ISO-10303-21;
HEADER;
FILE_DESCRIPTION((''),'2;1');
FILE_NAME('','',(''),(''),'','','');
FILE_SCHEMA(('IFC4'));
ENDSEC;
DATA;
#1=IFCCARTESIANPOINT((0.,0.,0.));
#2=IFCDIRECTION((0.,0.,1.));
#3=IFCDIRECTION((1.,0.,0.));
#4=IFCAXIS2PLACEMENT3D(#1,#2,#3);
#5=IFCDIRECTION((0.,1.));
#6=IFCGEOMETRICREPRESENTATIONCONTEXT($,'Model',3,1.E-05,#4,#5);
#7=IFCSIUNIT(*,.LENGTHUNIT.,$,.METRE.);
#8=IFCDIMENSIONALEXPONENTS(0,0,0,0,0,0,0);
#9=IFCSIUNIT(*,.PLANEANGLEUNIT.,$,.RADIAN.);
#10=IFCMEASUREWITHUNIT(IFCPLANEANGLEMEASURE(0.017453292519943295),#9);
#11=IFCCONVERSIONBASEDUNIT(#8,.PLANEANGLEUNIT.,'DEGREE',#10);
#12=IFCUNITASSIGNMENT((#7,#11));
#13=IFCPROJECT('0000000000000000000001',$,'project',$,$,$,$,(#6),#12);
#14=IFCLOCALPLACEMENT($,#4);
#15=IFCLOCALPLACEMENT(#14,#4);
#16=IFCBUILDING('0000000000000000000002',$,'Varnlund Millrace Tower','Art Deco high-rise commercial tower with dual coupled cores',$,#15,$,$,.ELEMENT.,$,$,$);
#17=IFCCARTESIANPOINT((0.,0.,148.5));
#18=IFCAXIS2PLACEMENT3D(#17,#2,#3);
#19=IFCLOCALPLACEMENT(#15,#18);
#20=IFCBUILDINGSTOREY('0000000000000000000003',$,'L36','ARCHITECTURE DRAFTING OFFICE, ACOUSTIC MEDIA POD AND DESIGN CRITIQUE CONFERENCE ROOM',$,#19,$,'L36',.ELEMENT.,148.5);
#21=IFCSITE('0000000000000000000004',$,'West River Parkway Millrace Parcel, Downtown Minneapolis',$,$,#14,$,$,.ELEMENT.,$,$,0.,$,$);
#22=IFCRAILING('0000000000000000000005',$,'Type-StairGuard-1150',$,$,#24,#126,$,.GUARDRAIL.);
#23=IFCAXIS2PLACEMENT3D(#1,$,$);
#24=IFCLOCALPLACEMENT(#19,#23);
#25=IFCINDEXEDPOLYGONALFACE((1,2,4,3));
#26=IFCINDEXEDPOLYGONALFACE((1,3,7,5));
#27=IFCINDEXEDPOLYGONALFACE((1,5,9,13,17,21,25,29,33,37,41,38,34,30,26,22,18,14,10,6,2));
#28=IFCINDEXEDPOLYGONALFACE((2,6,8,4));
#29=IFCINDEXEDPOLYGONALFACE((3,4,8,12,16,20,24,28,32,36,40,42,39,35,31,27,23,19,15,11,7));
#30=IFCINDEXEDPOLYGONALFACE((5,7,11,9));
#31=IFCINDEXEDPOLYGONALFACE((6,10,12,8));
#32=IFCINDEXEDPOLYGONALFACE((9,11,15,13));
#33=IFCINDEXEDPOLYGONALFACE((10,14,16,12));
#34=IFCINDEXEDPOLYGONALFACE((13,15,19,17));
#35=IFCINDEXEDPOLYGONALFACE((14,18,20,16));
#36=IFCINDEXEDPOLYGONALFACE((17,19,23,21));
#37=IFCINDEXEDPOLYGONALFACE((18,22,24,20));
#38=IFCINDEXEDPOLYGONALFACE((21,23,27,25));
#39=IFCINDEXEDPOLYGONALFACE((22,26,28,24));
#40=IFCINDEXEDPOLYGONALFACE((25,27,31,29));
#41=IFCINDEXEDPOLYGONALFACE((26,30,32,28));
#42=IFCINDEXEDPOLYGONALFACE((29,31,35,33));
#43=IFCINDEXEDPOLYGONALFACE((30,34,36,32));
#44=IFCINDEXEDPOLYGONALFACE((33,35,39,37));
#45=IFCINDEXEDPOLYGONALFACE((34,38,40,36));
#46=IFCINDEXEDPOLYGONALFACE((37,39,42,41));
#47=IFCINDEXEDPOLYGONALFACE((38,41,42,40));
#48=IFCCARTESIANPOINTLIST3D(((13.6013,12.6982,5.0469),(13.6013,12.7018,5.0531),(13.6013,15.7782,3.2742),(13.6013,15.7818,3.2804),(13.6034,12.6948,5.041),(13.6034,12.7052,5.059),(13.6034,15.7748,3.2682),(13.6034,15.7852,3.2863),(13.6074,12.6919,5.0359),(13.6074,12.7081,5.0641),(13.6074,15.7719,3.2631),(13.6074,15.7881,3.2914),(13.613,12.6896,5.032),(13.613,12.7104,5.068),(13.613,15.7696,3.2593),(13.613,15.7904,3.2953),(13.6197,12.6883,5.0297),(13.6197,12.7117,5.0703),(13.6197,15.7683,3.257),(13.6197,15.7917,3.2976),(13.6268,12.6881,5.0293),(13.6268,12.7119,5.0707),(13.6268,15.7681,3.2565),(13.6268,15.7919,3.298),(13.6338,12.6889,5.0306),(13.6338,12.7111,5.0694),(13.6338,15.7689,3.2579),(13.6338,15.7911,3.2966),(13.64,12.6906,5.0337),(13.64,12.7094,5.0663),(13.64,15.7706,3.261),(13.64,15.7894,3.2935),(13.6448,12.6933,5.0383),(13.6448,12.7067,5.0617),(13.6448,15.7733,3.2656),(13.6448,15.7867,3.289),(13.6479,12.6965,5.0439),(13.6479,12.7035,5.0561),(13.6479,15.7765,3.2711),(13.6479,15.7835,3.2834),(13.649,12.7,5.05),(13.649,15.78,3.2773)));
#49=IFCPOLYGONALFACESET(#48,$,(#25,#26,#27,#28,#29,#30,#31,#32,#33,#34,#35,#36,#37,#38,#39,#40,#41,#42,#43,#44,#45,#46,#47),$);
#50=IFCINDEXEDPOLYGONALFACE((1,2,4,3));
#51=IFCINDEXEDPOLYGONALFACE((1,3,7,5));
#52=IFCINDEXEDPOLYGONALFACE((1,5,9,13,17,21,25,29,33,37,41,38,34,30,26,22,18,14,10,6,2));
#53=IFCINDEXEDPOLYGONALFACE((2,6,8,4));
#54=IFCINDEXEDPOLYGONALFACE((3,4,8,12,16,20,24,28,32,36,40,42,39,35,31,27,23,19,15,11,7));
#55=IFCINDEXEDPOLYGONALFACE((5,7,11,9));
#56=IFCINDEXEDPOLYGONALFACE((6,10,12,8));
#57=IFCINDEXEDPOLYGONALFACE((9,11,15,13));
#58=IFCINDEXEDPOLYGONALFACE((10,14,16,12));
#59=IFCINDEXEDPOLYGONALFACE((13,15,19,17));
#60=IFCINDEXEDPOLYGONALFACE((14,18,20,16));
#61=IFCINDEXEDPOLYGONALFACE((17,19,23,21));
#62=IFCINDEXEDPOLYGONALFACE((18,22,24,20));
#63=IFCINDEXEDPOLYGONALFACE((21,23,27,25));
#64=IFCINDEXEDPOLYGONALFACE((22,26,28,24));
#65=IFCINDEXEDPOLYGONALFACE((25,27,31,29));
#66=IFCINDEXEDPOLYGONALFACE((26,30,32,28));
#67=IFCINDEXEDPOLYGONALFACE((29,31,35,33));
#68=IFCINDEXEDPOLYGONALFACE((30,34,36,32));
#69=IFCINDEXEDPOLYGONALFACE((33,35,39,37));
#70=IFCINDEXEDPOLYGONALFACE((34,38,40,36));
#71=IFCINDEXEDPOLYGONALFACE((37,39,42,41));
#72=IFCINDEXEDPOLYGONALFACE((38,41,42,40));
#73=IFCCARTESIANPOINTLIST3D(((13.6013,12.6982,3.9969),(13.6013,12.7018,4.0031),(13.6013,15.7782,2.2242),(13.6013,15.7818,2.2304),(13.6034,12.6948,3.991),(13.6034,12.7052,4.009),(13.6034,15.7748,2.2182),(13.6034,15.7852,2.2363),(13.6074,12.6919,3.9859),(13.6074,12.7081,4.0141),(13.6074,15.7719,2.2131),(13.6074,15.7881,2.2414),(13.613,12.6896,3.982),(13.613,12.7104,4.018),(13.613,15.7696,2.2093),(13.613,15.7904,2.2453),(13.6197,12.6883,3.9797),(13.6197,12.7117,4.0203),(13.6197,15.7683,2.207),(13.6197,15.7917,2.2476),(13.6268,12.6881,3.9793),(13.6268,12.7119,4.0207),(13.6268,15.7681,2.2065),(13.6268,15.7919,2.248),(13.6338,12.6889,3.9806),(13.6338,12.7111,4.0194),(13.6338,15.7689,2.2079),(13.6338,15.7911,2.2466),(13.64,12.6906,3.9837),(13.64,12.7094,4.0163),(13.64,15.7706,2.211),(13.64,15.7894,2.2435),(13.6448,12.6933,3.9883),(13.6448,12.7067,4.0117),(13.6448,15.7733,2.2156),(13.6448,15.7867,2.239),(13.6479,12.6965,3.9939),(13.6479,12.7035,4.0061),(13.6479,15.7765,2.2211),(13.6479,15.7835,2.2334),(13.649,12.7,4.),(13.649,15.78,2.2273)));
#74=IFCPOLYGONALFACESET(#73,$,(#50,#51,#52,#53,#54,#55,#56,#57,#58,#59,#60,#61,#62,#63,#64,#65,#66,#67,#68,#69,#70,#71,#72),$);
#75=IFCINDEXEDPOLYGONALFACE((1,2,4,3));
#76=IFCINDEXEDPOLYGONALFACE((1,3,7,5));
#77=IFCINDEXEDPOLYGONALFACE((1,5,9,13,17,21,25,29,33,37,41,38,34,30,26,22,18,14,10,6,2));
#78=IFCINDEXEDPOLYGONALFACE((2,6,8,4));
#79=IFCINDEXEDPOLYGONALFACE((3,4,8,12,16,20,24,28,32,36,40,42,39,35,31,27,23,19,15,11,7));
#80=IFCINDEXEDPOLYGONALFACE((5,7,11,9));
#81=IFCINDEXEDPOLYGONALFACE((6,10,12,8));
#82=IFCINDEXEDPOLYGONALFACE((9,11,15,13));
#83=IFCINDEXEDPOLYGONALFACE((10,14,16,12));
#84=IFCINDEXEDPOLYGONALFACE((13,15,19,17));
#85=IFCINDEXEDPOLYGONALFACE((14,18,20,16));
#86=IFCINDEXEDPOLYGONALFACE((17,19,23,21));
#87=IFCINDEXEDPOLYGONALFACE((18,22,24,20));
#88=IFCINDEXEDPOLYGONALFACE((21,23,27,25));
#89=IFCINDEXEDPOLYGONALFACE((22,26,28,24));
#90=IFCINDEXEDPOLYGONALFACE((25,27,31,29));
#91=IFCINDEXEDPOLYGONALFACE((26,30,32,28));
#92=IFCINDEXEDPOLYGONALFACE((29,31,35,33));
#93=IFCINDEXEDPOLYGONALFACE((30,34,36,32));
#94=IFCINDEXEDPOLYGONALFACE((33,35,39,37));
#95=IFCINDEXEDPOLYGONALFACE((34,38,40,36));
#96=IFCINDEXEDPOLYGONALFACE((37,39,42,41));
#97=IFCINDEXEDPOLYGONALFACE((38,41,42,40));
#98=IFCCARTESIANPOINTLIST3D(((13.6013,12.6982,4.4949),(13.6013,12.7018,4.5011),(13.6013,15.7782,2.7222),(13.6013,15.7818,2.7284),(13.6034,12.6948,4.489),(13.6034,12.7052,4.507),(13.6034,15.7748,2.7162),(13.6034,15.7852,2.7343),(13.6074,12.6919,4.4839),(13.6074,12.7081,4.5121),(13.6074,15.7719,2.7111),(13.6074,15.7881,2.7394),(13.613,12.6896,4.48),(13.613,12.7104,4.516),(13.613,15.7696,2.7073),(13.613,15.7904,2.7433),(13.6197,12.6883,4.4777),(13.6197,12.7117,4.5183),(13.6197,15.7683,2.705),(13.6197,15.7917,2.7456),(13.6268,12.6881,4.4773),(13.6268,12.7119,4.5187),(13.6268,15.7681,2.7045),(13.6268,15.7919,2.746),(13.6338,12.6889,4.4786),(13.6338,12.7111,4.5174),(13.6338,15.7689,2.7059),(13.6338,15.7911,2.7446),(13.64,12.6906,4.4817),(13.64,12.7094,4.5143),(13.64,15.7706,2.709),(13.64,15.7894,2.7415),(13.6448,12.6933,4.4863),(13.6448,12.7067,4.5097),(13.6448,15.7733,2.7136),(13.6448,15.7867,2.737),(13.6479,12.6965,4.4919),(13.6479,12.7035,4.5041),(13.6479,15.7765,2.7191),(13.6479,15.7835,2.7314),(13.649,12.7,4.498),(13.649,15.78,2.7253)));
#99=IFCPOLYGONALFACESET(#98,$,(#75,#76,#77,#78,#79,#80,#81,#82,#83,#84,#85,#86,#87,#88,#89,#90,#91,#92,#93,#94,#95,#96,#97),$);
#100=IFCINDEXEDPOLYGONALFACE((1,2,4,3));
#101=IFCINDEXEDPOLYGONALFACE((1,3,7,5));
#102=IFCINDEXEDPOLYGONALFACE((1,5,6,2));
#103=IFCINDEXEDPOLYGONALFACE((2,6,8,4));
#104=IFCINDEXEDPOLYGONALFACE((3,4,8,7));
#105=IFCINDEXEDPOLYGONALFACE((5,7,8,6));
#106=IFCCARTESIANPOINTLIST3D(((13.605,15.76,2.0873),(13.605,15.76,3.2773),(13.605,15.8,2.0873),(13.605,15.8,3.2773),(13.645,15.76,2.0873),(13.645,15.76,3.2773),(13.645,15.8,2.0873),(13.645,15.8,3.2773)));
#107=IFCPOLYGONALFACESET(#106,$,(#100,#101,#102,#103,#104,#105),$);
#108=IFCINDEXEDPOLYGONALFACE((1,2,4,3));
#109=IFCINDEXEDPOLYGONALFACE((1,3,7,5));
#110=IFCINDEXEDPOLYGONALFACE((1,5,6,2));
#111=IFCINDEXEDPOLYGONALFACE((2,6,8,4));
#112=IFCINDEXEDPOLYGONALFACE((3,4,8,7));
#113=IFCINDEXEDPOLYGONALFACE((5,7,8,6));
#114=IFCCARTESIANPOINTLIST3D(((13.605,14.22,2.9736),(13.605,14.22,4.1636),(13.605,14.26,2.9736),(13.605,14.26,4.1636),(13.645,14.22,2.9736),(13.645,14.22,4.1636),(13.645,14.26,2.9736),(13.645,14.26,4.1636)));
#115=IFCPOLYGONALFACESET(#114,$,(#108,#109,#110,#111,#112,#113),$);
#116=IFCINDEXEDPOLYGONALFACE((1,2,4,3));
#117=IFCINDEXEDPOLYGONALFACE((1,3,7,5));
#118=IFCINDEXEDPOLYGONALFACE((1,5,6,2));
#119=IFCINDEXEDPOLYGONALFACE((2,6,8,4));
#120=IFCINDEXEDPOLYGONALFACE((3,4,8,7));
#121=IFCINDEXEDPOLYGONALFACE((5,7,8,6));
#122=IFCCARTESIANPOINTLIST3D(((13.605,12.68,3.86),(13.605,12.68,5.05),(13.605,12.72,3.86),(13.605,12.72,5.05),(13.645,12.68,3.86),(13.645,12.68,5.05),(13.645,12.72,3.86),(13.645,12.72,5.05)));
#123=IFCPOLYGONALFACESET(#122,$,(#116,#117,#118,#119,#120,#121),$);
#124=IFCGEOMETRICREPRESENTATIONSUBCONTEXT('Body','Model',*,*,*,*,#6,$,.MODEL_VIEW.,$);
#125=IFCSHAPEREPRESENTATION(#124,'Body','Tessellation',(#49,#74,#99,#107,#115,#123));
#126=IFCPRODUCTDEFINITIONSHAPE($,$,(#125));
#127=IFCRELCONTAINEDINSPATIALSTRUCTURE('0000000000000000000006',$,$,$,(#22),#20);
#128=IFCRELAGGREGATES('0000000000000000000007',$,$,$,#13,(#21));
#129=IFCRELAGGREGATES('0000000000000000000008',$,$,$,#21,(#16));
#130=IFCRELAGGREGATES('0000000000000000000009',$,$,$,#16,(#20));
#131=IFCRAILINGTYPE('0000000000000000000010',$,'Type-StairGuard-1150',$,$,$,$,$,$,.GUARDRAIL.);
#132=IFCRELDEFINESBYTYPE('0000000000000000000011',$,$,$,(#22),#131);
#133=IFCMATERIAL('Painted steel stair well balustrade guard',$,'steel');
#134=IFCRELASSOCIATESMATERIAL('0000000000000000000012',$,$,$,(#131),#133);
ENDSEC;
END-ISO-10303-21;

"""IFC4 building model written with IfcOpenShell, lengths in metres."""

from ifc_helpers import new_model, entity, si_unit, converted_unit, direction, frame, origin_with_axes, origin_2d_with_axis, place, context, subcontext, project, spatial, rectangle, circle, extrude, material, type_object, element, save


model = new_model("IFC4")

# Units and contexts
model_context = context("Model", 3, precision=1e-05, world=origin_with_axes(), true_north=direction((0.0, 1.0)))
body_context = subcontext(model_context, "Body", "Model", "MODEL_VIEW")
ifc_project = project(units=[si_unit("LENGTHUNIT", "METRE"), converted_unit("PLANEANGLEUNIT", "DEGREE", entity("IfcPlaneAngleMeasure", 0.017453292519943295), si_unit("PLANEANGLEUNIT", "RADIAN"), dimensions=[0, 0, 0, 0, 0, 0, 0])], contexts=[model_context])

# Site, building, storey
site_placement = place(None, origin_with_axes())
site = spatial("IfcSite", under=ifc_project, at=site_placement, Name="West River Parkway Millrace Parcel, Downtown Minneapolis", CompositionType="ELEMENT", RefElevation=0.0)
building_placement = place(site_placement, origin_with_axes())
building = spatial("IfcBuilding", under=site, at=building_placement, Name="Varnlund Millrace Tower", Description="Art Deco high-rise commercial tower with dual coupled cores", CompositionType="ELEMENT")
storey_placement = place(building_placement, frame((0.0, 0.0, 148.5), z_axis=(0.0, 0.0, 1.0), x_axis=(1.0, 0.0, 0.0)))
storey = spatial("IfcBuildingStorey", under=building, at=storey_placement, Name="L36", Description="ARCHITECTURE DRAFTING OFFICE, ACOUSTIC MEDIA POD AND DESIGN CRITIQUE CONFERENCE ROOM", LongName="L36", CompositionType="ELEMENT", Elevation=148.5)

# Railing
ifc_material_1 = material(Name="Painted steel stair well balustrade guard", Category="steel")
railing_type_1 = type_object("IfcRailingType", Name="Type-StairGuard-1150", PredefinedType="GUARDRAIL", material=ifc_material_1)
railing_1_placement = place(storey_placement, frame((0.0, 0.0, -148.5), z_axis=(0.0, 0.0, 1.0), x_axis=(1.0, 0.0, 0.0)))
element("IfcRailing", 1, at=railing_1_placement, inside=storey, type_object=railing_type_1, Name="Type-StairGuard-1150", PredefinedType="GUARDRAIL", context=body_context, shape_type="SweptSolid", body=[
    extrude(circle(Radius=0.024, at=origin_2d_with_axis()), frame((13.625, 15.78, 151.7773), z_axis=(0.0, -0.866696, 0.498836), x_axis=(1.0, 0.0, 0.0)), (0.0, 0.0, 1.0), 3.5537),
    extrude(circle(Radius=0.024, at=origin_2d_with_axis()), frame((13.625, 15.78, 150.7273), z_axis=(0.0, -0.866696, 0.498836), x_axis=(1.0, 0.0, 0.0)), (0.0, 0.0, 1.0), 3.5537),
    extrude(circle(Radius=0.024, at=origin_2d_with_axis()), frame((13.625, 15.78, 151.2253), z_axis=(0.0, -0.866696, 0.498836), x_axis=(1.0, 0.0, 0.0)), (0.0, 0.0, 1.0), 3.5537),
    extrude(rectangle(XDim=0.04, YDim=0.04, at=origin_2d_with_axis()), frame((13.625, 15.78, 150.5873), z_axis=(0.0, 0.0, 1.0), x_axis=(1.0, 0.0, 0.0)), (0.0, 0.0, 1.0), 1.19),
    extrude(rectangle(XDim=0.04, YDim=0.04, at=origin_2d_with_axis()), frame((13.625, 14.24, 151.4736), z_axis=(0.0, 0.0, 1.0), x_axis=(1.0, 0.0, 0.0)), (0.0, 0.0, 1.0), 1.19),
    extrude(rectangle(XDim=0.04, YDim=0.04, at=origin_2d_with_axis()), frame((13.625, 12.7, 152.36), z_axis=(0.0, 0.0, 1.0), x_axis=(1.0, 0.0, 0.0)), (0.0, 0.0, 1.0), 1.19),
])

save(model, "model.ifc")
